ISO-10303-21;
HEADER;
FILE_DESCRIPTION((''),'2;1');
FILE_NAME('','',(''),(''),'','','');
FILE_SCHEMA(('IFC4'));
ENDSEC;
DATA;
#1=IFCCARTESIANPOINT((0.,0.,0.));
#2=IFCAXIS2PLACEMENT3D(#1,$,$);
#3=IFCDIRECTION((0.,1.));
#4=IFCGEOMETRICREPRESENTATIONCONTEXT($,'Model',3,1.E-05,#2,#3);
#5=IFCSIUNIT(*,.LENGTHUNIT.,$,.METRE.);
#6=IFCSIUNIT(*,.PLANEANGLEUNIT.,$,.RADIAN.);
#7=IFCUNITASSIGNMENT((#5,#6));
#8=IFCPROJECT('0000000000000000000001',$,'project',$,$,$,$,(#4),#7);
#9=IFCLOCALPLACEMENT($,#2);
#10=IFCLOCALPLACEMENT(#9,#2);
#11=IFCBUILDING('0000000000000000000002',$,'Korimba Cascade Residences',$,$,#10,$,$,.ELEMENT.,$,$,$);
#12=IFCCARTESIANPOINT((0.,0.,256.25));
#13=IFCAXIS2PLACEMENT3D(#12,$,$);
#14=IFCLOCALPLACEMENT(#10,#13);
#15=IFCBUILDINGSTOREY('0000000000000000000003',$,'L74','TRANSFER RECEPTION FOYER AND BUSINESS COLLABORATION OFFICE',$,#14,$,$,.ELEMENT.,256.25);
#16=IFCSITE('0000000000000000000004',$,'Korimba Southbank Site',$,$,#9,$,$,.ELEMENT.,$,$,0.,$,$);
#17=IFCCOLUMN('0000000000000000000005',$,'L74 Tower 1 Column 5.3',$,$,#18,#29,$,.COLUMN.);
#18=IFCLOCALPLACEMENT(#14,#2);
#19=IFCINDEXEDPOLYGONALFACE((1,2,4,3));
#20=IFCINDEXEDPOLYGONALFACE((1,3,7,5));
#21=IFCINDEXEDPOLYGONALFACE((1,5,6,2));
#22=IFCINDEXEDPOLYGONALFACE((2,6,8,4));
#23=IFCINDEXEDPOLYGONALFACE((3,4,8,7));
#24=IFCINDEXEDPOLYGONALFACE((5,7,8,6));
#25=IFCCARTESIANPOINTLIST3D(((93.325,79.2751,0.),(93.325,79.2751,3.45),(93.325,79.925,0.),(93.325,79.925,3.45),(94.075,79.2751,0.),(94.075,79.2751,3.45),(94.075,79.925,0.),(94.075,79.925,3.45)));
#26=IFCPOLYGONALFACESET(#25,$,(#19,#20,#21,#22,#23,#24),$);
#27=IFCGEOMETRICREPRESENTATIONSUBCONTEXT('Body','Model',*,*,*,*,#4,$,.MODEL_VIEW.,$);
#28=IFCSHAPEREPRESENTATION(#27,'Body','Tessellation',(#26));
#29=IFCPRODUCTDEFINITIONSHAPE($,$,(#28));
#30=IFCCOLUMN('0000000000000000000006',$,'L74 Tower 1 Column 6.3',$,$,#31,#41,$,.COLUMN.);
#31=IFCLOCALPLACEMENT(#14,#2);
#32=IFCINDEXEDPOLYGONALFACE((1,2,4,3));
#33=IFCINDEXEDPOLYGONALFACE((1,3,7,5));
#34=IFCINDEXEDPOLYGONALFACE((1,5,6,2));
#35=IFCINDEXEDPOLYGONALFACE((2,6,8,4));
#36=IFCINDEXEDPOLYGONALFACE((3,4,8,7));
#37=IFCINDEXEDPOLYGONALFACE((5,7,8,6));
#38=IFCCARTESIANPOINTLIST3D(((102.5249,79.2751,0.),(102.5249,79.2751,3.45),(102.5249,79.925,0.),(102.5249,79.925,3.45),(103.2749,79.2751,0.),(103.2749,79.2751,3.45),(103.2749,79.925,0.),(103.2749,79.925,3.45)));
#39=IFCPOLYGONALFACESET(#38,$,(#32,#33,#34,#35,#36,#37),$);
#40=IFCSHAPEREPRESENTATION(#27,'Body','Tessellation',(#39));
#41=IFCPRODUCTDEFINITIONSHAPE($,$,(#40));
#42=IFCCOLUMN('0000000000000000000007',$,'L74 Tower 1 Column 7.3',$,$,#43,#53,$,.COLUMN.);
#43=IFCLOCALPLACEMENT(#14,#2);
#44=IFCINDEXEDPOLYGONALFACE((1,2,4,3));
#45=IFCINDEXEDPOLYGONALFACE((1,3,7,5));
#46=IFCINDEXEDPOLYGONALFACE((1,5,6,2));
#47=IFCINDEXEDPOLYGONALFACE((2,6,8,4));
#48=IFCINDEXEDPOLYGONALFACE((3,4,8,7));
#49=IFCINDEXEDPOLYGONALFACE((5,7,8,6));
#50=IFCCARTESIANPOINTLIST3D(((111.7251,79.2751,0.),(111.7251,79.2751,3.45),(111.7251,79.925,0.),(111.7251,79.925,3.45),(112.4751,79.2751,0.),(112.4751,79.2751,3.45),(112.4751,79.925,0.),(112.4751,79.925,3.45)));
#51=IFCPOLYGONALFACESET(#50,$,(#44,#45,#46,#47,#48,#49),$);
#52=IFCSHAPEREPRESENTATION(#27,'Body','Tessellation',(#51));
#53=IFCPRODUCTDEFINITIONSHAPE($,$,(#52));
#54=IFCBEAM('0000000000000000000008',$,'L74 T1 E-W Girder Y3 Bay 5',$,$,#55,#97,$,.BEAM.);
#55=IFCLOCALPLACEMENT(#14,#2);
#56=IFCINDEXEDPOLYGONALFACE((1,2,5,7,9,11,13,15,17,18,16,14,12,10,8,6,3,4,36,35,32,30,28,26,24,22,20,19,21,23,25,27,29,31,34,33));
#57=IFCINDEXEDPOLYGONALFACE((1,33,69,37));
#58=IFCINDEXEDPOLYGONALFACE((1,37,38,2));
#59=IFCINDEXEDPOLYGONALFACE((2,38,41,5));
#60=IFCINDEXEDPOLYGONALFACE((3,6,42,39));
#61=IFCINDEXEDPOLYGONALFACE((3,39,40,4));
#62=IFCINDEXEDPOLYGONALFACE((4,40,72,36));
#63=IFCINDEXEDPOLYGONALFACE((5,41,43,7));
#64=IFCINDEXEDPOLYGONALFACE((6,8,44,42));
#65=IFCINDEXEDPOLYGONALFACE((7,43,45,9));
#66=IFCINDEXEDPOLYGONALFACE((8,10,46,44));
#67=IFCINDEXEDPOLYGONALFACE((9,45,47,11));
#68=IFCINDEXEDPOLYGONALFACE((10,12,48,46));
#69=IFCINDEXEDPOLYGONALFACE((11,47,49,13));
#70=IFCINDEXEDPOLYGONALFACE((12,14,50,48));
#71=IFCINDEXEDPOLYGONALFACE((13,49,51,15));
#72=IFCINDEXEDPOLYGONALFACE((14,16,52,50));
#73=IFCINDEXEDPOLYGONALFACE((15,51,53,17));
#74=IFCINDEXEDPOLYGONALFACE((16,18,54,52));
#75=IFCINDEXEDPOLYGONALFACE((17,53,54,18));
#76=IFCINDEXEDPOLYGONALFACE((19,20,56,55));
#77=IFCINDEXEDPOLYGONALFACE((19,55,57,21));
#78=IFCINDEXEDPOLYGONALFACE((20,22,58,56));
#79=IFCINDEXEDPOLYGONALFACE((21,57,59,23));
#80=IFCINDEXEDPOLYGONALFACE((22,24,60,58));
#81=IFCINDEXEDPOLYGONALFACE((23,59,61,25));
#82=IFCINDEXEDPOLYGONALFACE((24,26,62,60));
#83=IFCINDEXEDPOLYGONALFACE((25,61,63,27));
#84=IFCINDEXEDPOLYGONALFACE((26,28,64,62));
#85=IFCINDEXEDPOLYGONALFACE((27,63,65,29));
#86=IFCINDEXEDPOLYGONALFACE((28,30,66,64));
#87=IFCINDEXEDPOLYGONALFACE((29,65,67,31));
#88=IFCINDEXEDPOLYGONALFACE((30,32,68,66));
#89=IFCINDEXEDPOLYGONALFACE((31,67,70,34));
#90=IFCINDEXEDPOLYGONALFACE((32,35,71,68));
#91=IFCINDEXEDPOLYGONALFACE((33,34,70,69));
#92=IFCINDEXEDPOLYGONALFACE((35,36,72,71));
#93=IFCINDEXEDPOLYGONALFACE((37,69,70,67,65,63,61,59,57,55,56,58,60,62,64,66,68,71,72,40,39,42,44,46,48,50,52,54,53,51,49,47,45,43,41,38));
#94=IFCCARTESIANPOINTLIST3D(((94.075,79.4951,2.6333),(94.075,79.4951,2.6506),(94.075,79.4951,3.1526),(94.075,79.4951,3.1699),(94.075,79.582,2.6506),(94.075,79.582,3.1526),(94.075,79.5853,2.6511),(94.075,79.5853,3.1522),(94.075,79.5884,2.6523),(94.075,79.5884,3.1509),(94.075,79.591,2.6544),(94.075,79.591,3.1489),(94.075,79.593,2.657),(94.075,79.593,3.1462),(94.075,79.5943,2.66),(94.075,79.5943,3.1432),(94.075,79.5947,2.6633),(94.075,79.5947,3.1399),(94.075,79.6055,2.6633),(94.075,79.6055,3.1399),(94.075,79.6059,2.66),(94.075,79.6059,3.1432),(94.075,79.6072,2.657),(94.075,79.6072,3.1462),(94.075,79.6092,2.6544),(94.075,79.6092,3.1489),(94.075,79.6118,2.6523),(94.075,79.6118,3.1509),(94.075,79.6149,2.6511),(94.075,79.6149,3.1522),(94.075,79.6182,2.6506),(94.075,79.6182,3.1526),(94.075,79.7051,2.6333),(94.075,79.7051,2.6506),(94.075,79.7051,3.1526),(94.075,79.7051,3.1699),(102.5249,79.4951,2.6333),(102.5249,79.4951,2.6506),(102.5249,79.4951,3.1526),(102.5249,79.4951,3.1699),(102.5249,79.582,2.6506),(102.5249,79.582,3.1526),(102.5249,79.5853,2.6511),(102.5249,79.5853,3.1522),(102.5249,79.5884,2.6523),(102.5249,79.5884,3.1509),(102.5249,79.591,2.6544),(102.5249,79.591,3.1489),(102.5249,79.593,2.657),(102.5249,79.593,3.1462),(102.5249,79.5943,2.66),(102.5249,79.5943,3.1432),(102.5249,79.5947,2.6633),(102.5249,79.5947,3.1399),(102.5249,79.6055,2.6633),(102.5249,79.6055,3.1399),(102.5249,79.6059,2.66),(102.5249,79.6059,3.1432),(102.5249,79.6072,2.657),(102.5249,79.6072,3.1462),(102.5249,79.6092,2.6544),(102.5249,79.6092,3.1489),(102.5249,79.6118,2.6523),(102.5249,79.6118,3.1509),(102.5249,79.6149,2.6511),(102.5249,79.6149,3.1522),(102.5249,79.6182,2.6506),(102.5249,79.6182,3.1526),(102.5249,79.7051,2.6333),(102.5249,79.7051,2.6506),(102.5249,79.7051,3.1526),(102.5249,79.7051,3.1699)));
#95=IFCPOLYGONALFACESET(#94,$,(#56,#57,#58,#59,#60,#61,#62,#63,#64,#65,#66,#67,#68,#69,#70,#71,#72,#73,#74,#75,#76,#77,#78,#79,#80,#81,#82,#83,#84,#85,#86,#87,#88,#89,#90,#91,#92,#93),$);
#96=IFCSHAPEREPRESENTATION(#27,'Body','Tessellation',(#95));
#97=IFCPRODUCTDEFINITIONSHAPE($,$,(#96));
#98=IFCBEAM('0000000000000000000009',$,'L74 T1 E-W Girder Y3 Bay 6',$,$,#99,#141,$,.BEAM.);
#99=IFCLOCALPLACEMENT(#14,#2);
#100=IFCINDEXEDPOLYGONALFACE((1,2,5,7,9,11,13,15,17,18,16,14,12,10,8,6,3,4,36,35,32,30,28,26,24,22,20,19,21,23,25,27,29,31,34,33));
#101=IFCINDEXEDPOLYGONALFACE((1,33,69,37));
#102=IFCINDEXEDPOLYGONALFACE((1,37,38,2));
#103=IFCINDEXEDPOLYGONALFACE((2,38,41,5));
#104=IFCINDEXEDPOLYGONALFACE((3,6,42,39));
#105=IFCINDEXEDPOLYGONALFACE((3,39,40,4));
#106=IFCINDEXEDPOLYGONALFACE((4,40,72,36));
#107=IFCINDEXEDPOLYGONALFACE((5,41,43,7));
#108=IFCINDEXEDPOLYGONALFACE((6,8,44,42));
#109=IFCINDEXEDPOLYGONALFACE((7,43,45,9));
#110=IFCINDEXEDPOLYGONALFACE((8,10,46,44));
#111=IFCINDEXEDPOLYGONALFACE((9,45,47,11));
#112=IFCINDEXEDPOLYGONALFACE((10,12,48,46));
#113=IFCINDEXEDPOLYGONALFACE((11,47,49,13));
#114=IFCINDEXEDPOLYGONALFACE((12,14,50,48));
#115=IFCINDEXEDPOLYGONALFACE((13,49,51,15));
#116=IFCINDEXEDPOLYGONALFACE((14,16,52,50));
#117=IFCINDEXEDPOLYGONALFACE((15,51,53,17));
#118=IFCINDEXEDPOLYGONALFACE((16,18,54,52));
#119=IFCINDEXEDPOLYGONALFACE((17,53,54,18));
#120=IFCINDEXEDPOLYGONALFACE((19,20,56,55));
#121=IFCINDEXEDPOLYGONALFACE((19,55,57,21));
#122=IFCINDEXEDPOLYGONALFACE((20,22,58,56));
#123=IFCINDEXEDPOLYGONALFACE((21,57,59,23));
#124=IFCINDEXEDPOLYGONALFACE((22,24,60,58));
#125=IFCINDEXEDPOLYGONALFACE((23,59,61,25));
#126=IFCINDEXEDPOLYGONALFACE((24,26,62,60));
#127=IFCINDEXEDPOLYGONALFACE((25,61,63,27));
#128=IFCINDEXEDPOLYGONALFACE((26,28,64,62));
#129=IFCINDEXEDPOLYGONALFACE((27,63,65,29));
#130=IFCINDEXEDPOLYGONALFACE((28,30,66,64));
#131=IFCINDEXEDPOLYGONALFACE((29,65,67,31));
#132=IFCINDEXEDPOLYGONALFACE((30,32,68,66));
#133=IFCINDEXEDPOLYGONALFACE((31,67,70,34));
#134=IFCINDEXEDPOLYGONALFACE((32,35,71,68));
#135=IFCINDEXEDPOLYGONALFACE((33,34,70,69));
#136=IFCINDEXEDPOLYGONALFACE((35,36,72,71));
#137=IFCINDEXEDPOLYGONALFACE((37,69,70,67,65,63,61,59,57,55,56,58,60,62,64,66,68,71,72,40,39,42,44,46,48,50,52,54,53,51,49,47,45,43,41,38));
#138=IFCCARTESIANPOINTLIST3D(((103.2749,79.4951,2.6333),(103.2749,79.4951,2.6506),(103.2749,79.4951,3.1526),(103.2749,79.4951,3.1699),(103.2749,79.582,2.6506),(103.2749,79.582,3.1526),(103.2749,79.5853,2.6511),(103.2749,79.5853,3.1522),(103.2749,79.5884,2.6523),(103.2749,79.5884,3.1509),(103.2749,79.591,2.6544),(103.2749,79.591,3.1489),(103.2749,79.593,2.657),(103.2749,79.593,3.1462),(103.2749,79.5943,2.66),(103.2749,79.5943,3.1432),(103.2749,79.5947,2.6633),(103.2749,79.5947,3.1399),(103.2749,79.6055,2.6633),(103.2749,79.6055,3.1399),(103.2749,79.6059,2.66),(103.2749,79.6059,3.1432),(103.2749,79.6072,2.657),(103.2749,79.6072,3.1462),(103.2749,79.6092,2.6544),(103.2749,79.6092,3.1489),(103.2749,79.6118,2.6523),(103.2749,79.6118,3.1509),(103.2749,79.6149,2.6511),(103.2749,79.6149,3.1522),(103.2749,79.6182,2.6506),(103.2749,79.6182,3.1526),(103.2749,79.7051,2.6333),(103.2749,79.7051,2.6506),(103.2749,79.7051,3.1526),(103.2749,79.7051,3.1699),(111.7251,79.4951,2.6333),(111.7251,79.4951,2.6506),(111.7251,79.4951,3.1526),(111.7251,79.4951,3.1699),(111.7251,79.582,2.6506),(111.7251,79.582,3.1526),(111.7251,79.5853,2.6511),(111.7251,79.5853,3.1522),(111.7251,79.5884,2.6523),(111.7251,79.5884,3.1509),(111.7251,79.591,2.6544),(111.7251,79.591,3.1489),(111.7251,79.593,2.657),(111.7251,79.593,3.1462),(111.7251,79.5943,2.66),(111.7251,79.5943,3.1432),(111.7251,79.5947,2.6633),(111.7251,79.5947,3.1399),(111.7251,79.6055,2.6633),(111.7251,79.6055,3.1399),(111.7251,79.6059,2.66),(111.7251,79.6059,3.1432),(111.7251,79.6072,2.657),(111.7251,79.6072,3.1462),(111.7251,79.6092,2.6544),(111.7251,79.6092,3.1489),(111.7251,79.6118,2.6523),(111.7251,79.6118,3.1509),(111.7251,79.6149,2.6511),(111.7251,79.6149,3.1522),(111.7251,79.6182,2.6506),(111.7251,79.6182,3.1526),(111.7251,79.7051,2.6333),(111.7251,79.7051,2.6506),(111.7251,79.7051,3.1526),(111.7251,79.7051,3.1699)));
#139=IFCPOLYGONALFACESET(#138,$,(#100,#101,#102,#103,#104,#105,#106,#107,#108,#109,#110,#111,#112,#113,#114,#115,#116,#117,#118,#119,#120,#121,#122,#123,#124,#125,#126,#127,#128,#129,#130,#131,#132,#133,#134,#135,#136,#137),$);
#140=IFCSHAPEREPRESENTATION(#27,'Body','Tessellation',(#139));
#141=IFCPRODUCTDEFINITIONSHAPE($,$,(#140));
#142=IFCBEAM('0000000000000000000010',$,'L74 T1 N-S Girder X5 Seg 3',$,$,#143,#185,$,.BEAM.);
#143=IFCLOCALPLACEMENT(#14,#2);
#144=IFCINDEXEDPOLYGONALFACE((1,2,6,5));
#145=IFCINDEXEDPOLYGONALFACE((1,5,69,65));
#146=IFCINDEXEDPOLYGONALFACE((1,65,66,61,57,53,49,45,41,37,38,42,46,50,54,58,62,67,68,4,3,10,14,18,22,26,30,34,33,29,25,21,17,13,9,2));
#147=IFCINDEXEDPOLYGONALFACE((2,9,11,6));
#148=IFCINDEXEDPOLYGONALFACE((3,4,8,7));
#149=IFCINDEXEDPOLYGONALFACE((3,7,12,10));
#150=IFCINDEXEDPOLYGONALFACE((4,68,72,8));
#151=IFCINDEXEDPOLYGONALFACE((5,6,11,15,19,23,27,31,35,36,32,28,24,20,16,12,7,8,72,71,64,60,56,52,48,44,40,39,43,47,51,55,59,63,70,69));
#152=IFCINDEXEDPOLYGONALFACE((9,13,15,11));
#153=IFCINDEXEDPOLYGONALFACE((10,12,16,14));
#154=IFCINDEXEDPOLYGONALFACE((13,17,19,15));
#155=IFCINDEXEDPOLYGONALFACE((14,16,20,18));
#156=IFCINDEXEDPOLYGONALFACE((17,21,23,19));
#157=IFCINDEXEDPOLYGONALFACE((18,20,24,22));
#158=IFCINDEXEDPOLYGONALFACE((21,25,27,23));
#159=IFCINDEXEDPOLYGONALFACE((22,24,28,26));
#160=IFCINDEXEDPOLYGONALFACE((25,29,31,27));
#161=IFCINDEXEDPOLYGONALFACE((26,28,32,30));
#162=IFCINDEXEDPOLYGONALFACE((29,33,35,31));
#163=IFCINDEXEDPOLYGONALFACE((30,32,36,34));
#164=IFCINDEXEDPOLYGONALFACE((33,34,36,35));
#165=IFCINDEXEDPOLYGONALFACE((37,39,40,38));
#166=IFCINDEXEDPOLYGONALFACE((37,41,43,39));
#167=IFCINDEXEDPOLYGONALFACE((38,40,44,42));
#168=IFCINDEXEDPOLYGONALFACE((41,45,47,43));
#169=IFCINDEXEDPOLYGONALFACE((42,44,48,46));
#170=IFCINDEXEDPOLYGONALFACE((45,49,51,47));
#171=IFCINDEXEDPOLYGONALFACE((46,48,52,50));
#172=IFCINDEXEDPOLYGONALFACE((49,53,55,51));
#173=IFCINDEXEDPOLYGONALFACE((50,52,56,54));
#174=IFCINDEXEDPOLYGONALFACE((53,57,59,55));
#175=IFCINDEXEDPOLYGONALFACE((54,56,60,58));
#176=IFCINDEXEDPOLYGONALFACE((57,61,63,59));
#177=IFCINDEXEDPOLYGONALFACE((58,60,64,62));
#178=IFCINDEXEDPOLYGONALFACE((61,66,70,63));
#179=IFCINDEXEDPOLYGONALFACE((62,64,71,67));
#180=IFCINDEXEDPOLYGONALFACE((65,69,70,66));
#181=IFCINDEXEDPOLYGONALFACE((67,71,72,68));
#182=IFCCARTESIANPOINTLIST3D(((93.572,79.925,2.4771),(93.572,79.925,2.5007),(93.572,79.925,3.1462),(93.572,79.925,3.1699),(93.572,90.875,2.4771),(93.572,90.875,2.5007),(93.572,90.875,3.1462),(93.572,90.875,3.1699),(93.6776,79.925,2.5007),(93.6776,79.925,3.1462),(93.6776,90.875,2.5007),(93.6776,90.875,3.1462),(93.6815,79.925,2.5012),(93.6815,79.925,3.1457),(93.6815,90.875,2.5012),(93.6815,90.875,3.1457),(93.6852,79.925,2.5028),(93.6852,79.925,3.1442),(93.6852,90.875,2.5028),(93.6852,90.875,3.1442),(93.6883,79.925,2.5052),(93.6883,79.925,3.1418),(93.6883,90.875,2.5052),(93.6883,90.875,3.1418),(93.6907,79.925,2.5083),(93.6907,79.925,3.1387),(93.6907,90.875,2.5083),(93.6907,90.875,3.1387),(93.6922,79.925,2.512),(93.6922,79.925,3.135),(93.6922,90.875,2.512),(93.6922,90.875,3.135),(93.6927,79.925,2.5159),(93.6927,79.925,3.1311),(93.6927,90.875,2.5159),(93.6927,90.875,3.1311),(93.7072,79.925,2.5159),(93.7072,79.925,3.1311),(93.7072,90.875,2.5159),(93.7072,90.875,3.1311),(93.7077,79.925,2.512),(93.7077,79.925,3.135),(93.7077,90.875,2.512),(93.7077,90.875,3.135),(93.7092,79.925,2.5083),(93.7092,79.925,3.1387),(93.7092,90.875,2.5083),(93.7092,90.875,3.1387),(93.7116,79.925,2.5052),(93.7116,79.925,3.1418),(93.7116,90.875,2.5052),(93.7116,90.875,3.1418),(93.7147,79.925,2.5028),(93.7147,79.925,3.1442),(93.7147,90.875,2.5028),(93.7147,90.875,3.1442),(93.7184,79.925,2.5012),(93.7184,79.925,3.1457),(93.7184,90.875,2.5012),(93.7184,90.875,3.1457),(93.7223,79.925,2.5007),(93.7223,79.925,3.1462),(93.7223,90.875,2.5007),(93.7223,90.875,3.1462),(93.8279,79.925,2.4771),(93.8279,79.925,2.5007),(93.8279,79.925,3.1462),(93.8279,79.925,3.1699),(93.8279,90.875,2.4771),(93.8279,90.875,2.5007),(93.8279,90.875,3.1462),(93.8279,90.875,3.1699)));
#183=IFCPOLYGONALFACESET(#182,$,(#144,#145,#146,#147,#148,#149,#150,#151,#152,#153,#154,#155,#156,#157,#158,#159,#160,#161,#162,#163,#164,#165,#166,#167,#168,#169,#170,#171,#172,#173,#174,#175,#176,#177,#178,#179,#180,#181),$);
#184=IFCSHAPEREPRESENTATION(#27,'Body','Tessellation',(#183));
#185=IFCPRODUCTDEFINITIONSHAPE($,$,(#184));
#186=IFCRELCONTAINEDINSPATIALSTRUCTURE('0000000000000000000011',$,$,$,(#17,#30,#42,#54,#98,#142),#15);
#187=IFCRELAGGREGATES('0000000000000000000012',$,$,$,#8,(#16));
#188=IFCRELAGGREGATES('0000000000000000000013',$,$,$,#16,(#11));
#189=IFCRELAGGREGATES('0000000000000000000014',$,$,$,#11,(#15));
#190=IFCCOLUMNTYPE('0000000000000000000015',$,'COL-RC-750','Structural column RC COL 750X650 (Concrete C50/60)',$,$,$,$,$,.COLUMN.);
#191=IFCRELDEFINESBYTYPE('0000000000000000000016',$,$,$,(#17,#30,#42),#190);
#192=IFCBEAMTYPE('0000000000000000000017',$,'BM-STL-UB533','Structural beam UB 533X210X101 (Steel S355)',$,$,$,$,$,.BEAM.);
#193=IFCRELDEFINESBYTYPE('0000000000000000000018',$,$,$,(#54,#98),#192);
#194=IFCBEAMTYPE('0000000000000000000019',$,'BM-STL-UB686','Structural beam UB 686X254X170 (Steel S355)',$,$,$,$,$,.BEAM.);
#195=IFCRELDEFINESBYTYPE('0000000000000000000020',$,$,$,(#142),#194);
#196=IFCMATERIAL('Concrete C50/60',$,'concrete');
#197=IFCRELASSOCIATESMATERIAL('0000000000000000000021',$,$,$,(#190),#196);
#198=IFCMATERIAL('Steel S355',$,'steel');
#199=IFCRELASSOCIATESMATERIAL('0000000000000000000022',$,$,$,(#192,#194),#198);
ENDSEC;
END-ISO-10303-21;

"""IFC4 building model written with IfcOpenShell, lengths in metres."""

from ifc_helpers import new_model, si_unit, direction, frame, origin, origin_2d, place, context, subcontext, project, spatial, rectangle, i_section, extrude, material, material_profile, profile_set, type_object, element, save


model = new_model("IFC4")

# Units and contexts
model_context = context("Model", 3, precision=1e-05, world=origin(), true_north=direction((0.0, 1.0)))
body_context = subcontext(model_context, "Body", "Model", "MODEL_VIEW")
ifc_project = project(units=[si_unit("LENGTHUNIT", "METRE"), si_unit("PLANEANGLEUNIT", "RADIAN")], contexts=[model_context])

# Site, building, storey
site_placement = place(None, origin())
site = spatial("IfcSite", under=ifc_project, at=site_placement, Name="Korimba Southbank Site", CompositionType="ELEMENT", RefElevation=0.0)
building_placement = place(site_placement, origin())
building = spatial("IfcBuilding", under=site, at=building_placement, Name="Korimba Cascade Residences", CompositionType="ELEMENT")
storey_placement = place(building_placement, frame((0.0, 0.0, 256.25)))
storey = spatial("IfcBuildingStorey", under=building, at=storey_placement, Name="L74", Description="TRANSFER RECEPTION FOYER AND BUSINESS COLLABORATION OFFICE", CompositionType="ELEMENT", Elevation=256.25)

# Columns
ifc_material_1 = material(Name="Concrete C50/60", Category="concrete")
ifc_material_profile_1 = material_profile(ifc_material_1, rectangle(XDim=0.75, YDim=0.6499, at=origin_2d()), Name="Concrete C50/60")
ifc_profile_set_1 = profile_set([ifc_material_profile_1], Name="Concrete C50/60")
column_type = type_object("IfcColumnType", Name="COL-RC-750", Description="Structural column RC COL 750X650 (Concrete C50/60)", PredefinedType="COLUMN", material=ifc_profile_set_1)
for number, where, z_axis, x_axis, name in (
    (1, (93.7, 79.6001, 0.0), (0.0, 0.0, 1.0), (1.0, 0.0, 0.0), "L74 Tower 1 Column 5.3"),
    (2, (102.8999, 79.6001, 0.0), (0.0, 0.0, 1.0), (1.0, 0.0, 0.0), "L74 Tower 1 Column 6.3"),
    (3, (112.1001, 79.6001, 0.0), (0.0, 0.0, 1.0), (1.0, 0.0, 0.0), "L74 Tower 1 Column 7.3"),
):
    element("IfcColumn", number, at=place(storey_placement, frame(where, z_axis=z_axis, x_axis=x_axis)), inside=storey, type_object=column_type, Name=name, PredefinedType="COLUMN", context=body_context, shape_type="SweptSolid", body=[
        extrude(rectangle(XDim=0.75, YDim=0.6499, at=origin_2d()), origin(), (0.0, 0.0, 1.0), 3.45),
    ])

# Beams
ifc_material_2 = material(Name="Steel S355", Category="steel")
ifc_material_profile_2 = material_profile(ifc_material_2, i_section(OverallWidth=0.21, OverallDepth=0.5366, WebThickness=0.0107, FlangeThickness=0.0173, FilletRadius=0.0127, at=origin_2d()), Name="Steel S355")
ifc_profile_set_2 = profile_set([ifc_material_profile_2], Name="Steel S355")
beam_type_1 = type_object("IfcBeamType", Name="BM-STL-UB533", Description="Structural beam UB 533X210X101 (Steel S355)", PredefinedType="BEAM", material=ifc_profile_set_2)
beam_1_placement = place(storey_placement, frame((94.075, 79.6001, 2.9016), z_axis=(1.0, 0.0, 0.0), x_axis=(0.0, 1.0, 0.0)))
element("IfcBeam", 4, at=beam_1_placement, inside=storey, type_object=beam_type_1, Name="L74 T1 E-W Girder Y3 Bay 5", PredefinedType="BEAM", context=body_context, shape_type="SweptSolid", body=[
    extrude(i_section(OverallWidth=0.21, OverallDepth=0.5366, WebThickness=0.0107, FlangeThickness=0.0173, FilletRadius=0.0127, at=origin_2d()), origin(), (0.0, 0.0, 1.0), 8.45),
])
beam_2_placement = place(storey_placement, frame((103.2749, 79.6001, 2.9016), z_axis=(1.0, 0.0, 0.0), x_axis=(0.0, 1.0, 0.0)))
element("IfcBeam", 5, at=beam_2_placement, inside=storey, type_object=beam_type_1, Name="L74 T1 E-W Girder Y3 Bay 6", PredefinedType="BEAM", context=body_context, shape_type="SweptSolid", body=[
    extrude(i_section(OverallWidth=0.21, OverallDepth=0.5366, WebThickness=0.0107, FlangeThickness=0.0173, FilletRadius=0.0127, at=origin_2d()), origin(), (0.0, 0.0, 1.0), 8.4502),
])
ifc_material_profile_3 = material_profile(ifc_material_2, i_section(OverallWidth=0.2559, OverallDepth=0.6929, WebThickness=0.0144, FlangeThickness=0.0237, FilletRadius=0.0151, at=origin_2d()), Name="Steel S355")
ifc_profile_set_3 = profile_set([ifc_material_profile_3], Name="Steel S355")
beam_type_2 = type_object("IfcBeamType", Name="BM-STL-UB686", Description="Structural beam UB 686X254X170 (Steel S355)", PredefinedType="BEAM", material=ifc_profile_set_3)
for number, where, z_axis, x_axis, name in (
    (6, (93.7, 79.925, 2.8235), (0.0, 1.0, 0.0), (-1.0, 0.0, 0.0), "L74 T1 N-S Girder X5 Seg 3"),
):
    element("IfcBeam", number, at=place(storey_placement, frame(where, z_axis=z_axis, x_axis=x_axis)), inside=storey, type_object=beam_type_2, Name=name, PredefinedType="BEAM", context=body_context, shape_type="SweptSolid", body=[
        extrude(i_section(OverallWidth=0.2559, OverallDepth=0.6929, WebThickness=0.0144, FlangeThickness=0.0237, FilletRadius=0.0151, at=origin_2d()), origin(), (0.0, 0.0, 1.0), 10.95),
    ])

save(model, "model.ifc")
